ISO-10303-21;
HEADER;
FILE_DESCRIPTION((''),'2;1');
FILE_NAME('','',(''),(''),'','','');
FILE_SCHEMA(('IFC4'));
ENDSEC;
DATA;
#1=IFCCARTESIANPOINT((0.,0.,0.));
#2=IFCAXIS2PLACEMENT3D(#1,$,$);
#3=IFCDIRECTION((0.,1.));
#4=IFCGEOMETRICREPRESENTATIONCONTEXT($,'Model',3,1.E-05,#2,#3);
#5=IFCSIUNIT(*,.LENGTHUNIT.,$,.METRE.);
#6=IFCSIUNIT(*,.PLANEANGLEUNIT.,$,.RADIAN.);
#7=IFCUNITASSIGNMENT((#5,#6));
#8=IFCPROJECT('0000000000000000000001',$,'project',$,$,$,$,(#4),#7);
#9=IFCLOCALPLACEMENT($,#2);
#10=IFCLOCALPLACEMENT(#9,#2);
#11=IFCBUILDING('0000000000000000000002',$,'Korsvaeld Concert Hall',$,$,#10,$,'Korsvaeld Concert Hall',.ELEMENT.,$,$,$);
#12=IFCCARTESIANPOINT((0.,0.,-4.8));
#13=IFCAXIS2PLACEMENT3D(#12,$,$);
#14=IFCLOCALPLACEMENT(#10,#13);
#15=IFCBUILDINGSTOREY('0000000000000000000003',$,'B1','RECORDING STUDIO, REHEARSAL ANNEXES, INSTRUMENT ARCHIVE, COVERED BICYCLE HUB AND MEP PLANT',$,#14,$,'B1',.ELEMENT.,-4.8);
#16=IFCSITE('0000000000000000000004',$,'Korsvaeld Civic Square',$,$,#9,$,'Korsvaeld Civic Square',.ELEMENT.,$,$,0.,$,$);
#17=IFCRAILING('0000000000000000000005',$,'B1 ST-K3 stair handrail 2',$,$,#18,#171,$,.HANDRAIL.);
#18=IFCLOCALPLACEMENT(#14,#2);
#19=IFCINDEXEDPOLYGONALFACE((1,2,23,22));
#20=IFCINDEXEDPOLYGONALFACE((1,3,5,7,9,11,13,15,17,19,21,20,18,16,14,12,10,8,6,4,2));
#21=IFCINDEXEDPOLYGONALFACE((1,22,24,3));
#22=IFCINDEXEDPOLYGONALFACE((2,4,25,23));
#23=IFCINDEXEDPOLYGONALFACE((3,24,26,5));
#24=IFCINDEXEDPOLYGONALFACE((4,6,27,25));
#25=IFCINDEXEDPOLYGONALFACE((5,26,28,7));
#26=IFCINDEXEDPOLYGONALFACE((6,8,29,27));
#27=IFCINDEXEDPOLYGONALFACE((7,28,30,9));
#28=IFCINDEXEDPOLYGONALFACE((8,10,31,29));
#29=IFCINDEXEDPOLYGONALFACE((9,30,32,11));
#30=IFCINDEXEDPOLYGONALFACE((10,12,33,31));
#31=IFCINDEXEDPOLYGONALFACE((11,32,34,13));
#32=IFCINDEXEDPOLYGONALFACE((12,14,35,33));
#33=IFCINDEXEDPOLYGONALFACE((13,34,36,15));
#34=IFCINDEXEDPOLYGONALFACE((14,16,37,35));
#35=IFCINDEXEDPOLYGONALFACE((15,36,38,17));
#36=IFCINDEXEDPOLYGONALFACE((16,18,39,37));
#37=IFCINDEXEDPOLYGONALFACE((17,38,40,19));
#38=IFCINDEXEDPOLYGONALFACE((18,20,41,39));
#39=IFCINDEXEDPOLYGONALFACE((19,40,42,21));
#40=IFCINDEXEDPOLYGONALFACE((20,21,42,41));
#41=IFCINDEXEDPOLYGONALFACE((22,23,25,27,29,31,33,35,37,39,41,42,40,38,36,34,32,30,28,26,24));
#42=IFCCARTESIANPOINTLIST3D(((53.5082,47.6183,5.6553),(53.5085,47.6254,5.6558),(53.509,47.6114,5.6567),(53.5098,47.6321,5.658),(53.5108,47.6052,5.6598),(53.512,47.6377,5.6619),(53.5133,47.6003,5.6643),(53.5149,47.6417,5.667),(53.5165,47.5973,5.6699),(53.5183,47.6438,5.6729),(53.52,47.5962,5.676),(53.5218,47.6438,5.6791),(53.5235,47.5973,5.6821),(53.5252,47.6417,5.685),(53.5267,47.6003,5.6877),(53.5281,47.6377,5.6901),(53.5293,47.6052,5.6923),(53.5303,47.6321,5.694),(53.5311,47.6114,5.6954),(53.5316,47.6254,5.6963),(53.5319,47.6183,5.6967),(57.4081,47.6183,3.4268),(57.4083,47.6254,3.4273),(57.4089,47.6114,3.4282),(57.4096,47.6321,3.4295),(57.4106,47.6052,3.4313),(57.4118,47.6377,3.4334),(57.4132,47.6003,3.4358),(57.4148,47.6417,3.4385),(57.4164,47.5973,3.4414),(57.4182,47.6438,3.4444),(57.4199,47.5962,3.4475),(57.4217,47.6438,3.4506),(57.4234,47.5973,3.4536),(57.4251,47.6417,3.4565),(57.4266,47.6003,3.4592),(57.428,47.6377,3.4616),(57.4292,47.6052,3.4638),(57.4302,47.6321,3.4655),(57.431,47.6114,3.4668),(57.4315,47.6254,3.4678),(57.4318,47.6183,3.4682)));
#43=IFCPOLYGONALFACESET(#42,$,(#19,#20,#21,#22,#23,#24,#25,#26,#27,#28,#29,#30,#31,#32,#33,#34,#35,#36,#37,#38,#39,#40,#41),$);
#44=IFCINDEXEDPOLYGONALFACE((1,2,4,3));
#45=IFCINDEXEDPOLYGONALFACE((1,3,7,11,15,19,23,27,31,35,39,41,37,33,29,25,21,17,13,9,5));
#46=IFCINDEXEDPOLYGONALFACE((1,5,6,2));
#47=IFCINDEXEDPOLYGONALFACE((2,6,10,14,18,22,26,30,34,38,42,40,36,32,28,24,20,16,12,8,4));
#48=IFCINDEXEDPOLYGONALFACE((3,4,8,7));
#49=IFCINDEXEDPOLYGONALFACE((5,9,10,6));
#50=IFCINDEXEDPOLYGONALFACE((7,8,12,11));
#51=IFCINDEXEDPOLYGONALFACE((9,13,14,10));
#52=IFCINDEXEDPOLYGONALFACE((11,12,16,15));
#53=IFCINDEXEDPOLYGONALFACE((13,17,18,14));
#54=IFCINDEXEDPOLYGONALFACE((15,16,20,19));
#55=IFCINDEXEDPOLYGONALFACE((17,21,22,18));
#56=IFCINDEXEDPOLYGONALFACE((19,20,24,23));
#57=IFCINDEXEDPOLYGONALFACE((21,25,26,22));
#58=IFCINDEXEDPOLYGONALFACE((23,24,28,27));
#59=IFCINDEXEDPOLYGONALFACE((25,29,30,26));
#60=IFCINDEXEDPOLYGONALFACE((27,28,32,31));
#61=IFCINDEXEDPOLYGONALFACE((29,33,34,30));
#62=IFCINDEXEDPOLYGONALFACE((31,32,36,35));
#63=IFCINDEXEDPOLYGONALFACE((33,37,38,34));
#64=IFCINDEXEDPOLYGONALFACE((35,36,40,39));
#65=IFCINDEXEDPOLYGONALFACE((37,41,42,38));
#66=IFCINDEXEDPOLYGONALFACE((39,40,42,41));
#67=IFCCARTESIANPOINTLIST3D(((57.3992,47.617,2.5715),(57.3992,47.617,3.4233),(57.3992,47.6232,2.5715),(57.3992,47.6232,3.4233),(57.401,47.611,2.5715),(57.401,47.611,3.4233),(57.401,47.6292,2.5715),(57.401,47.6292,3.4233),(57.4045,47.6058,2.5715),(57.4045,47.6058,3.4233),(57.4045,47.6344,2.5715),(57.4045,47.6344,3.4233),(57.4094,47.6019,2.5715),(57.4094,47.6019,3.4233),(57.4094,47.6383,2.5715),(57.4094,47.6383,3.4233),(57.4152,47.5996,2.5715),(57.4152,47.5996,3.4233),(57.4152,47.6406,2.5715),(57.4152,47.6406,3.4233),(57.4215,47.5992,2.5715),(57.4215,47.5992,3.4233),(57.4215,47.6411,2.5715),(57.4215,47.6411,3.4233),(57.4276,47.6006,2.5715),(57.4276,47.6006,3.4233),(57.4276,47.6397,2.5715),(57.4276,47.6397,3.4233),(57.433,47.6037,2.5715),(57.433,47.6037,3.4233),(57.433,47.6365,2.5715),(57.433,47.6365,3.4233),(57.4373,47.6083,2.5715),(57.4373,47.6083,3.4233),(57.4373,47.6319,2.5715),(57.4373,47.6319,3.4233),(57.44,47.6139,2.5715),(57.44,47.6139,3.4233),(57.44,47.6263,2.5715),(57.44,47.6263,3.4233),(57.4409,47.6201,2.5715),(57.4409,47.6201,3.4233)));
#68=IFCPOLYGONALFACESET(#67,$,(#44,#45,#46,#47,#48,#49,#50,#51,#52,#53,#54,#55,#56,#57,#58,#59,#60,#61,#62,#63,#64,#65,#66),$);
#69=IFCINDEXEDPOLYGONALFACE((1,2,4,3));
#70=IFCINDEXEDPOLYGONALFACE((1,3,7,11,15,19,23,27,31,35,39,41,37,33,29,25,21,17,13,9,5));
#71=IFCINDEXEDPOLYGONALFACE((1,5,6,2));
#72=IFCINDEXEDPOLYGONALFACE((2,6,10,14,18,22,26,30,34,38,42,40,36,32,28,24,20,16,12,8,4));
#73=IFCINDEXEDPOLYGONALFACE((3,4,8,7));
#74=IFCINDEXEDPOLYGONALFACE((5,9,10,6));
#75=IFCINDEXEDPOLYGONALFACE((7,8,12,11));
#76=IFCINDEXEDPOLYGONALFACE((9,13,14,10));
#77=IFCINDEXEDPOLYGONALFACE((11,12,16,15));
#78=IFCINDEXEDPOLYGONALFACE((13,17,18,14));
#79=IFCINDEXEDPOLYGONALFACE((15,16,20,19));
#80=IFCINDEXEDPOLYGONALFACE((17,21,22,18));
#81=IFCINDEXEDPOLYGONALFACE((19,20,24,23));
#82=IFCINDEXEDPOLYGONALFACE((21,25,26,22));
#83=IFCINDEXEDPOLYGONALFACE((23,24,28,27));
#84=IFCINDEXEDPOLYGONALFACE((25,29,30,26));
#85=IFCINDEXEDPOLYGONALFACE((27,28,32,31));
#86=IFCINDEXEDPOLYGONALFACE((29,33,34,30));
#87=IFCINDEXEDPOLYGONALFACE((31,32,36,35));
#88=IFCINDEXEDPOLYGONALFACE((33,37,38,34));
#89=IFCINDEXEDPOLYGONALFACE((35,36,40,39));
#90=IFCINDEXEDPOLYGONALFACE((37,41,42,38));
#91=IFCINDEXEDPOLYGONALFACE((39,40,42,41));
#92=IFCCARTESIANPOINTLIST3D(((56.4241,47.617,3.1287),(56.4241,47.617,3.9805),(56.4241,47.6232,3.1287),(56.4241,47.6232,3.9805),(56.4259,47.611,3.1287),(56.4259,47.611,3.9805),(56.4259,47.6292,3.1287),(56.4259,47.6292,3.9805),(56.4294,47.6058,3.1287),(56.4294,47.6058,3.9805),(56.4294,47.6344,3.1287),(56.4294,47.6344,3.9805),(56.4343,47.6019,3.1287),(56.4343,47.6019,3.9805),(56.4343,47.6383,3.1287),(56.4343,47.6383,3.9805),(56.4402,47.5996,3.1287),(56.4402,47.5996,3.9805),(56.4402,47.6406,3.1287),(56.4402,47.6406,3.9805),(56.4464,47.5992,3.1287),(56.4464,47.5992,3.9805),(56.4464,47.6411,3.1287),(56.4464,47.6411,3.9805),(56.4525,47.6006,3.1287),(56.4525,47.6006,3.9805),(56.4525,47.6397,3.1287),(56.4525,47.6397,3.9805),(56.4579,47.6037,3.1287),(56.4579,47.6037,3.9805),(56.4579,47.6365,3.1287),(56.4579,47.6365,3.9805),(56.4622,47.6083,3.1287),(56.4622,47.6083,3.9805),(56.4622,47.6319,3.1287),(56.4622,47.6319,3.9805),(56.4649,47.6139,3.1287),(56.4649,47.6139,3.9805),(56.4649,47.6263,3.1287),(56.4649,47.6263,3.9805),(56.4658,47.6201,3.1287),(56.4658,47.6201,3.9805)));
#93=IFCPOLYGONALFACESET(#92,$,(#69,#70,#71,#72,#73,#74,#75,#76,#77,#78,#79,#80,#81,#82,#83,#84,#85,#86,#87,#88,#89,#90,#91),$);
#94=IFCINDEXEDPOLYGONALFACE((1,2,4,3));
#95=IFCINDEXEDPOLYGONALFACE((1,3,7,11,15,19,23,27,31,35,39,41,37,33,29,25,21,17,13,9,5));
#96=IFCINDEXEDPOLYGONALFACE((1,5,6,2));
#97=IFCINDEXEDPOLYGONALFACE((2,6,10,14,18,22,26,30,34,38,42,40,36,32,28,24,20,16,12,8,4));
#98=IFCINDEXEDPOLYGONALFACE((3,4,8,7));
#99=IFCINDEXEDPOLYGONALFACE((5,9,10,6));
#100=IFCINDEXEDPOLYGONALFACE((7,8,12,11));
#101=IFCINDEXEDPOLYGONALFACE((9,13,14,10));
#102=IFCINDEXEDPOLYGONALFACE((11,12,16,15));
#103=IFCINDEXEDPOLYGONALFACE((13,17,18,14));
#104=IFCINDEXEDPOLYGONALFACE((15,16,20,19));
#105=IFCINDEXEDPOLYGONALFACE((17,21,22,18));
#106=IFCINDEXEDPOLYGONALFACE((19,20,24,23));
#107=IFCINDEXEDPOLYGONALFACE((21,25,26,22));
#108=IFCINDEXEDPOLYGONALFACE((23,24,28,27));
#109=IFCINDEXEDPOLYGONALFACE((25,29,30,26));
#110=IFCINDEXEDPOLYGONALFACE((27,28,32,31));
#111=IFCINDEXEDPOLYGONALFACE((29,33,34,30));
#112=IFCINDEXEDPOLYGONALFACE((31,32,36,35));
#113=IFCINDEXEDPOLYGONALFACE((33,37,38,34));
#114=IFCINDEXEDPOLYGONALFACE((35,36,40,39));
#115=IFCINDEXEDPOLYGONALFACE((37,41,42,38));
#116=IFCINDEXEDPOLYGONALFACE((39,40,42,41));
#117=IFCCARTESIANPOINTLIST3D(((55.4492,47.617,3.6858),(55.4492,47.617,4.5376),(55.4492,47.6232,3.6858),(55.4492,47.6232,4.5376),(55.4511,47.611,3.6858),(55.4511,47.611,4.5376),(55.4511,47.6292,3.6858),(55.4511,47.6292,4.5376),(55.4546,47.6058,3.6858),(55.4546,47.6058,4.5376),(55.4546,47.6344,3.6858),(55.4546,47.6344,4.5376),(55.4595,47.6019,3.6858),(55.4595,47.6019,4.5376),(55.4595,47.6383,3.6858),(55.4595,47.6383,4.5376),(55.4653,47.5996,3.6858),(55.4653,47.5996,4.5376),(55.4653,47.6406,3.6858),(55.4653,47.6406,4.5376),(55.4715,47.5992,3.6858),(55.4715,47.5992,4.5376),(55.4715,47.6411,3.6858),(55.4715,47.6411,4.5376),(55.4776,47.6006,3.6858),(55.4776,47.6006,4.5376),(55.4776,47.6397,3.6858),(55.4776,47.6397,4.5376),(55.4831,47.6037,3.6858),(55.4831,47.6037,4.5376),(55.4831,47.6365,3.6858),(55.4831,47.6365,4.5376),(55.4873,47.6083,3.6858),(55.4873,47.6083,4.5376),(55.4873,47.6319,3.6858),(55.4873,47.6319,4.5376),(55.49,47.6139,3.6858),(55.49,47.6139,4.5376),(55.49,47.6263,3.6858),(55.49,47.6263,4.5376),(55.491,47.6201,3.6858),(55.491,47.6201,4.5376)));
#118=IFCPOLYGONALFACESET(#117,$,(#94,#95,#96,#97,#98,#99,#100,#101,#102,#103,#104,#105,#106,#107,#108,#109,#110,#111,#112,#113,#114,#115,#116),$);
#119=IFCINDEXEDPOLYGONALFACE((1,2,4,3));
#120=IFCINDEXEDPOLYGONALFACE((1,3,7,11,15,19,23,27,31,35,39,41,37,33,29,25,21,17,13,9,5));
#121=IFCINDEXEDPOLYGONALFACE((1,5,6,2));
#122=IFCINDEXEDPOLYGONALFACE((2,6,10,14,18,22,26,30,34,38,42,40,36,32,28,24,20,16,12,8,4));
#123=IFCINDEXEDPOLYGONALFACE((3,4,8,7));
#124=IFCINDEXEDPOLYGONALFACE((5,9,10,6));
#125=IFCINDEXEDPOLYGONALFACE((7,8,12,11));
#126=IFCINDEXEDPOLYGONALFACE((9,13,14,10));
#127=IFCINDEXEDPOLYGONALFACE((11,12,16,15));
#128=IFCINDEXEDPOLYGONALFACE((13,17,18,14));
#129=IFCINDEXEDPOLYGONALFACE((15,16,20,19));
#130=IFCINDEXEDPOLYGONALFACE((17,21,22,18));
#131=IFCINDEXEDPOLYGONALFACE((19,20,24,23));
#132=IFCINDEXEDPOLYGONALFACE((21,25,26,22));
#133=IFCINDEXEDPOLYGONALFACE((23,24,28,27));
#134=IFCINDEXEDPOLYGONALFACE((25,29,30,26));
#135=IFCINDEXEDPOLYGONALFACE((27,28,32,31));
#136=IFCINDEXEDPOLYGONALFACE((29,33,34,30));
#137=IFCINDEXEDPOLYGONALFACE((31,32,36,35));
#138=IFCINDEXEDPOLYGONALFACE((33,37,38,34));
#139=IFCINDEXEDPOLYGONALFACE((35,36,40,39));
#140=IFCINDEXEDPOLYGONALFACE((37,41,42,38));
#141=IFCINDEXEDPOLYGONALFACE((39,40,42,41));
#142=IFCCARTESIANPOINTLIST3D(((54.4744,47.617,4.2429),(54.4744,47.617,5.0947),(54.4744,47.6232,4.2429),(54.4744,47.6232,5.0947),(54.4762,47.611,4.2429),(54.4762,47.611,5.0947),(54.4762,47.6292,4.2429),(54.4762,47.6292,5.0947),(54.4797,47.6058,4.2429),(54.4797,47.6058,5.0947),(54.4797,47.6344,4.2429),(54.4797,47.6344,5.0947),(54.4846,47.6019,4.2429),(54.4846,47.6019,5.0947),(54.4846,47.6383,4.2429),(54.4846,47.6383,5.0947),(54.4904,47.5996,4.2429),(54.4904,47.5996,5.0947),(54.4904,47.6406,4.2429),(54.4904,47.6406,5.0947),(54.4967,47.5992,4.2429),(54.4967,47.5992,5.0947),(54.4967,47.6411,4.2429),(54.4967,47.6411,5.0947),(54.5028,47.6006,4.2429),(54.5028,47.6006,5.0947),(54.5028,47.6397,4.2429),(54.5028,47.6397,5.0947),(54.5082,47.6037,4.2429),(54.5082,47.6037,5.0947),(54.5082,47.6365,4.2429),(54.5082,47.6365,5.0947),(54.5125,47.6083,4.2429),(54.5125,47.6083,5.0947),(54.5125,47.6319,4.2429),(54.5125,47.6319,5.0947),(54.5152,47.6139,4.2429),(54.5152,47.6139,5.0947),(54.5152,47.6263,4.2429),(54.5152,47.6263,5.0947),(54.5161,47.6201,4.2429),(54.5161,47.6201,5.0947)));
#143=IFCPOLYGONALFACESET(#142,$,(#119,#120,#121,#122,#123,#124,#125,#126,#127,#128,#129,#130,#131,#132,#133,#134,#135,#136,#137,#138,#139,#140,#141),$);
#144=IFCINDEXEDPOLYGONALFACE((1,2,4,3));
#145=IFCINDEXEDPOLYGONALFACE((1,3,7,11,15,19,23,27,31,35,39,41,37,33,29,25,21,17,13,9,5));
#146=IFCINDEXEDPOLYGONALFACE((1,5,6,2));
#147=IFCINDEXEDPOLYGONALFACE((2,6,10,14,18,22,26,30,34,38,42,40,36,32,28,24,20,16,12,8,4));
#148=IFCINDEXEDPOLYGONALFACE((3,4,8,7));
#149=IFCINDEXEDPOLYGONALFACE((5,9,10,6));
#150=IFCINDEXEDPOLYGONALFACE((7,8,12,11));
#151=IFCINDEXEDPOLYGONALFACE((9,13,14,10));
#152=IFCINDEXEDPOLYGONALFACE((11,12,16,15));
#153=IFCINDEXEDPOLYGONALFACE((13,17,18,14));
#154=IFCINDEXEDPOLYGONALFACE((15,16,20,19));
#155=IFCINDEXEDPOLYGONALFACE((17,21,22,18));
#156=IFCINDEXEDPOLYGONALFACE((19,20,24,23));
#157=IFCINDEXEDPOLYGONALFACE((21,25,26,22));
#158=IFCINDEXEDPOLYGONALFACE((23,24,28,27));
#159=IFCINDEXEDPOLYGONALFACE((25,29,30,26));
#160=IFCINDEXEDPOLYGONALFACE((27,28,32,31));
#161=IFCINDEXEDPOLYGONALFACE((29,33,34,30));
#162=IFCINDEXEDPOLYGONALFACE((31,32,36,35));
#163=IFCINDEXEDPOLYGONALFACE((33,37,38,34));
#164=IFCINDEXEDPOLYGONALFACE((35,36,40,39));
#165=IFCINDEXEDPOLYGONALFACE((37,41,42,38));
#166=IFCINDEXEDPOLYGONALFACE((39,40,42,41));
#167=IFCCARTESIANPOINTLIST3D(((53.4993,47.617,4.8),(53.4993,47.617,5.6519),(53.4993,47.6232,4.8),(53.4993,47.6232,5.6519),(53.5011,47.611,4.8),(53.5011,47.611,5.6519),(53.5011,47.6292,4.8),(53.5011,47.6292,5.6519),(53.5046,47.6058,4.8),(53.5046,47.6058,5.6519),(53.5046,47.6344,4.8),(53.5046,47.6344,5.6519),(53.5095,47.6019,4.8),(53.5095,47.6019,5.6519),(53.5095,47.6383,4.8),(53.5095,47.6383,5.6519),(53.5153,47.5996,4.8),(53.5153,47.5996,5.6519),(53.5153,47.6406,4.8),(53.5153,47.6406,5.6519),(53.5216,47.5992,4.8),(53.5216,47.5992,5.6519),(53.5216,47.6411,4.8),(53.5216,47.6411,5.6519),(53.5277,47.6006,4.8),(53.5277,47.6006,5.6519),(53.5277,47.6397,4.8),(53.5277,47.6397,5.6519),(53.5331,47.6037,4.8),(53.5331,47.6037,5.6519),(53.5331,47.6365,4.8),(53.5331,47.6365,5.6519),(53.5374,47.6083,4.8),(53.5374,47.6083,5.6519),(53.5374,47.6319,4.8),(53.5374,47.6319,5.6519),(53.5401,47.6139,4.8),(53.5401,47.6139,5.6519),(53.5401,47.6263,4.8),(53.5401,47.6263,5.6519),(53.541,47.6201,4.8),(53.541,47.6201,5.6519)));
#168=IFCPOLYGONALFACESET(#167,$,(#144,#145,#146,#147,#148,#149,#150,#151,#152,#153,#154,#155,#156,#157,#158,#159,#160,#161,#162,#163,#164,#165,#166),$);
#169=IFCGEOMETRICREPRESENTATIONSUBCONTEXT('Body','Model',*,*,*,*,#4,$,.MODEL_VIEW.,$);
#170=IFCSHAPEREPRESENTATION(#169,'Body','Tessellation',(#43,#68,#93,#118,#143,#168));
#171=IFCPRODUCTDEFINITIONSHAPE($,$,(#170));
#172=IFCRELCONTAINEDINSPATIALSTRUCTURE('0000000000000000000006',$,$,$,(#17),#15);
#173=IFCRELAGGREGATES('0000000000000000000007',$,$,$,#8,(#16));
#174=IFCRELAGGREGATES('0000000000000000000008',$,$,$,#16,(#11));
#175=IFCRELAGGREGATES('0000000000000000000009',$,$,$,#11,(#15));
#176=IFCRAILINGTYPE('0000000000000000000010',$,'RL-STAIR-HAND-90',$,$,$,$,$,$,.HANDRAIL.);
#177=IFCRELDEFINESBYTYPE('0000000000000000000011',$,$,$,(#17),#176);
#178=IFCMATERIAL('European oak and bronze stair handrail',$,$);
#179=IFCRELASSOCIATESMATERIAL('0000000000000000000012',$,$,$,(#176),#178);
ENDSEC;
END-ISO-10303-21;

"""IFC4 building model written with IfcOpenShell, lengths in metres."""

from ifc_helpers import new_model, si_unit, direction, frame, origin, origin_2d, place, context, subcontext, project, spatial, circle, extrude, material, type_object, element, save


model = new_model("IFC4")

# Units and contexts
model_context = context("Model", 3, precision=1e-05, world=origin(), true_north=direction((0.0, 1.0)))
body_context = subcontext(model_context, "Body", "Model", "MODEL_VIEW")
ifc_project = project(units=[si_unit("LENGTHUNIT", "METRE"), si_unit("PLANEANGLEUNIT", "RADIAN")], contexts=[model_context])

# Site, building, storey
site_placement = place(None, origin())
site = spatial("IfcSite", under=ifc_project, at=site_placement, Name="Korsvaeld Civic Square", LongName="Korsvaeld Civic Square", CompositionType="ELEMENT", RefElevation=0.0)
building_placement = place(site_placement, origin())
building = spatial("IfcBuilding", under=site, at=building_placement, Name="Korsvaeld Concert Hall", LongName="Korsvaeld Concert Hall", CompositionType="ELEMENT")
storey_placement = place(building_placement, frame((0.0, 0.0, -4.8)))
storey = spatial("IfcBuildingStorey", under=building, at=storey_placement, Name="B1", Description="RECORDING STUDIO, REHEARSAL ANNEXES, INSTRUMENT ARCHIVE, COVERED BICYCLE HUB AND MEP PLANT", LongName="B1", CompositionType="ELEMENT", Elevation=-4.8)

# Railing
ifc_material_1 = material(Name="European oak and bronze stair handrail")
railing_type_1 = type_object("IfcRailingType", Name="RL-STAIR-HAND-90", PredefinedType="HANDRAIL", material=ifc_material_1)
railing_1_placement = place(storey_placement, frame((57.4199, 47.6201, 2.5715)))
element("IfcRailing", 1, at=railing_1_placement, inside=storey, type_object=railing_type_1, Name="B1 ST-K3 stair handrail 2", PredefinedType="HANDRAIL", context=body_context, shape_type="SweptSolid", body=[
    extrude(circle(Radius=0.0239, at=origin_2d()), frame((0.0, 0.0, 0.876), z_axis=(-0.868243, 0.0, 0.496139), x_axis=(0.0, -1.0, 0.0)), (0.0, 0.0, 1.0), 4.4917),
    extrude(circle(Radius=0.021, at=origin_2d()), origin(), (0.0, 0.0, 1.0), 0.8518),
    extrude(circle(Radius=0.021, at=origin_2d()), frame((-0.9751, 0.0, 0.5571)), (0.0, 0.0, 1.0), 0.8518),
    extrude(circle(Radius=0.021, at=origin_2d()), frame((-1.95, 0.0, 1.1143)), (0.0, 0.0, 1.0), 0.8518),
    extrude(circle(Radius=0.021, at=origin_2d()), frame((-2.9248, 0.0, 1.6714)), (0.0, 0.0, 1.0), 0.8518),
    extrude(circle(Radius=0.021, at=origin_2d()), frame((-3.8999, 0.0, 2.2285)), (0.0, 0.0, 1.0), 0.8518),
])

save(model, "model.ifc")
